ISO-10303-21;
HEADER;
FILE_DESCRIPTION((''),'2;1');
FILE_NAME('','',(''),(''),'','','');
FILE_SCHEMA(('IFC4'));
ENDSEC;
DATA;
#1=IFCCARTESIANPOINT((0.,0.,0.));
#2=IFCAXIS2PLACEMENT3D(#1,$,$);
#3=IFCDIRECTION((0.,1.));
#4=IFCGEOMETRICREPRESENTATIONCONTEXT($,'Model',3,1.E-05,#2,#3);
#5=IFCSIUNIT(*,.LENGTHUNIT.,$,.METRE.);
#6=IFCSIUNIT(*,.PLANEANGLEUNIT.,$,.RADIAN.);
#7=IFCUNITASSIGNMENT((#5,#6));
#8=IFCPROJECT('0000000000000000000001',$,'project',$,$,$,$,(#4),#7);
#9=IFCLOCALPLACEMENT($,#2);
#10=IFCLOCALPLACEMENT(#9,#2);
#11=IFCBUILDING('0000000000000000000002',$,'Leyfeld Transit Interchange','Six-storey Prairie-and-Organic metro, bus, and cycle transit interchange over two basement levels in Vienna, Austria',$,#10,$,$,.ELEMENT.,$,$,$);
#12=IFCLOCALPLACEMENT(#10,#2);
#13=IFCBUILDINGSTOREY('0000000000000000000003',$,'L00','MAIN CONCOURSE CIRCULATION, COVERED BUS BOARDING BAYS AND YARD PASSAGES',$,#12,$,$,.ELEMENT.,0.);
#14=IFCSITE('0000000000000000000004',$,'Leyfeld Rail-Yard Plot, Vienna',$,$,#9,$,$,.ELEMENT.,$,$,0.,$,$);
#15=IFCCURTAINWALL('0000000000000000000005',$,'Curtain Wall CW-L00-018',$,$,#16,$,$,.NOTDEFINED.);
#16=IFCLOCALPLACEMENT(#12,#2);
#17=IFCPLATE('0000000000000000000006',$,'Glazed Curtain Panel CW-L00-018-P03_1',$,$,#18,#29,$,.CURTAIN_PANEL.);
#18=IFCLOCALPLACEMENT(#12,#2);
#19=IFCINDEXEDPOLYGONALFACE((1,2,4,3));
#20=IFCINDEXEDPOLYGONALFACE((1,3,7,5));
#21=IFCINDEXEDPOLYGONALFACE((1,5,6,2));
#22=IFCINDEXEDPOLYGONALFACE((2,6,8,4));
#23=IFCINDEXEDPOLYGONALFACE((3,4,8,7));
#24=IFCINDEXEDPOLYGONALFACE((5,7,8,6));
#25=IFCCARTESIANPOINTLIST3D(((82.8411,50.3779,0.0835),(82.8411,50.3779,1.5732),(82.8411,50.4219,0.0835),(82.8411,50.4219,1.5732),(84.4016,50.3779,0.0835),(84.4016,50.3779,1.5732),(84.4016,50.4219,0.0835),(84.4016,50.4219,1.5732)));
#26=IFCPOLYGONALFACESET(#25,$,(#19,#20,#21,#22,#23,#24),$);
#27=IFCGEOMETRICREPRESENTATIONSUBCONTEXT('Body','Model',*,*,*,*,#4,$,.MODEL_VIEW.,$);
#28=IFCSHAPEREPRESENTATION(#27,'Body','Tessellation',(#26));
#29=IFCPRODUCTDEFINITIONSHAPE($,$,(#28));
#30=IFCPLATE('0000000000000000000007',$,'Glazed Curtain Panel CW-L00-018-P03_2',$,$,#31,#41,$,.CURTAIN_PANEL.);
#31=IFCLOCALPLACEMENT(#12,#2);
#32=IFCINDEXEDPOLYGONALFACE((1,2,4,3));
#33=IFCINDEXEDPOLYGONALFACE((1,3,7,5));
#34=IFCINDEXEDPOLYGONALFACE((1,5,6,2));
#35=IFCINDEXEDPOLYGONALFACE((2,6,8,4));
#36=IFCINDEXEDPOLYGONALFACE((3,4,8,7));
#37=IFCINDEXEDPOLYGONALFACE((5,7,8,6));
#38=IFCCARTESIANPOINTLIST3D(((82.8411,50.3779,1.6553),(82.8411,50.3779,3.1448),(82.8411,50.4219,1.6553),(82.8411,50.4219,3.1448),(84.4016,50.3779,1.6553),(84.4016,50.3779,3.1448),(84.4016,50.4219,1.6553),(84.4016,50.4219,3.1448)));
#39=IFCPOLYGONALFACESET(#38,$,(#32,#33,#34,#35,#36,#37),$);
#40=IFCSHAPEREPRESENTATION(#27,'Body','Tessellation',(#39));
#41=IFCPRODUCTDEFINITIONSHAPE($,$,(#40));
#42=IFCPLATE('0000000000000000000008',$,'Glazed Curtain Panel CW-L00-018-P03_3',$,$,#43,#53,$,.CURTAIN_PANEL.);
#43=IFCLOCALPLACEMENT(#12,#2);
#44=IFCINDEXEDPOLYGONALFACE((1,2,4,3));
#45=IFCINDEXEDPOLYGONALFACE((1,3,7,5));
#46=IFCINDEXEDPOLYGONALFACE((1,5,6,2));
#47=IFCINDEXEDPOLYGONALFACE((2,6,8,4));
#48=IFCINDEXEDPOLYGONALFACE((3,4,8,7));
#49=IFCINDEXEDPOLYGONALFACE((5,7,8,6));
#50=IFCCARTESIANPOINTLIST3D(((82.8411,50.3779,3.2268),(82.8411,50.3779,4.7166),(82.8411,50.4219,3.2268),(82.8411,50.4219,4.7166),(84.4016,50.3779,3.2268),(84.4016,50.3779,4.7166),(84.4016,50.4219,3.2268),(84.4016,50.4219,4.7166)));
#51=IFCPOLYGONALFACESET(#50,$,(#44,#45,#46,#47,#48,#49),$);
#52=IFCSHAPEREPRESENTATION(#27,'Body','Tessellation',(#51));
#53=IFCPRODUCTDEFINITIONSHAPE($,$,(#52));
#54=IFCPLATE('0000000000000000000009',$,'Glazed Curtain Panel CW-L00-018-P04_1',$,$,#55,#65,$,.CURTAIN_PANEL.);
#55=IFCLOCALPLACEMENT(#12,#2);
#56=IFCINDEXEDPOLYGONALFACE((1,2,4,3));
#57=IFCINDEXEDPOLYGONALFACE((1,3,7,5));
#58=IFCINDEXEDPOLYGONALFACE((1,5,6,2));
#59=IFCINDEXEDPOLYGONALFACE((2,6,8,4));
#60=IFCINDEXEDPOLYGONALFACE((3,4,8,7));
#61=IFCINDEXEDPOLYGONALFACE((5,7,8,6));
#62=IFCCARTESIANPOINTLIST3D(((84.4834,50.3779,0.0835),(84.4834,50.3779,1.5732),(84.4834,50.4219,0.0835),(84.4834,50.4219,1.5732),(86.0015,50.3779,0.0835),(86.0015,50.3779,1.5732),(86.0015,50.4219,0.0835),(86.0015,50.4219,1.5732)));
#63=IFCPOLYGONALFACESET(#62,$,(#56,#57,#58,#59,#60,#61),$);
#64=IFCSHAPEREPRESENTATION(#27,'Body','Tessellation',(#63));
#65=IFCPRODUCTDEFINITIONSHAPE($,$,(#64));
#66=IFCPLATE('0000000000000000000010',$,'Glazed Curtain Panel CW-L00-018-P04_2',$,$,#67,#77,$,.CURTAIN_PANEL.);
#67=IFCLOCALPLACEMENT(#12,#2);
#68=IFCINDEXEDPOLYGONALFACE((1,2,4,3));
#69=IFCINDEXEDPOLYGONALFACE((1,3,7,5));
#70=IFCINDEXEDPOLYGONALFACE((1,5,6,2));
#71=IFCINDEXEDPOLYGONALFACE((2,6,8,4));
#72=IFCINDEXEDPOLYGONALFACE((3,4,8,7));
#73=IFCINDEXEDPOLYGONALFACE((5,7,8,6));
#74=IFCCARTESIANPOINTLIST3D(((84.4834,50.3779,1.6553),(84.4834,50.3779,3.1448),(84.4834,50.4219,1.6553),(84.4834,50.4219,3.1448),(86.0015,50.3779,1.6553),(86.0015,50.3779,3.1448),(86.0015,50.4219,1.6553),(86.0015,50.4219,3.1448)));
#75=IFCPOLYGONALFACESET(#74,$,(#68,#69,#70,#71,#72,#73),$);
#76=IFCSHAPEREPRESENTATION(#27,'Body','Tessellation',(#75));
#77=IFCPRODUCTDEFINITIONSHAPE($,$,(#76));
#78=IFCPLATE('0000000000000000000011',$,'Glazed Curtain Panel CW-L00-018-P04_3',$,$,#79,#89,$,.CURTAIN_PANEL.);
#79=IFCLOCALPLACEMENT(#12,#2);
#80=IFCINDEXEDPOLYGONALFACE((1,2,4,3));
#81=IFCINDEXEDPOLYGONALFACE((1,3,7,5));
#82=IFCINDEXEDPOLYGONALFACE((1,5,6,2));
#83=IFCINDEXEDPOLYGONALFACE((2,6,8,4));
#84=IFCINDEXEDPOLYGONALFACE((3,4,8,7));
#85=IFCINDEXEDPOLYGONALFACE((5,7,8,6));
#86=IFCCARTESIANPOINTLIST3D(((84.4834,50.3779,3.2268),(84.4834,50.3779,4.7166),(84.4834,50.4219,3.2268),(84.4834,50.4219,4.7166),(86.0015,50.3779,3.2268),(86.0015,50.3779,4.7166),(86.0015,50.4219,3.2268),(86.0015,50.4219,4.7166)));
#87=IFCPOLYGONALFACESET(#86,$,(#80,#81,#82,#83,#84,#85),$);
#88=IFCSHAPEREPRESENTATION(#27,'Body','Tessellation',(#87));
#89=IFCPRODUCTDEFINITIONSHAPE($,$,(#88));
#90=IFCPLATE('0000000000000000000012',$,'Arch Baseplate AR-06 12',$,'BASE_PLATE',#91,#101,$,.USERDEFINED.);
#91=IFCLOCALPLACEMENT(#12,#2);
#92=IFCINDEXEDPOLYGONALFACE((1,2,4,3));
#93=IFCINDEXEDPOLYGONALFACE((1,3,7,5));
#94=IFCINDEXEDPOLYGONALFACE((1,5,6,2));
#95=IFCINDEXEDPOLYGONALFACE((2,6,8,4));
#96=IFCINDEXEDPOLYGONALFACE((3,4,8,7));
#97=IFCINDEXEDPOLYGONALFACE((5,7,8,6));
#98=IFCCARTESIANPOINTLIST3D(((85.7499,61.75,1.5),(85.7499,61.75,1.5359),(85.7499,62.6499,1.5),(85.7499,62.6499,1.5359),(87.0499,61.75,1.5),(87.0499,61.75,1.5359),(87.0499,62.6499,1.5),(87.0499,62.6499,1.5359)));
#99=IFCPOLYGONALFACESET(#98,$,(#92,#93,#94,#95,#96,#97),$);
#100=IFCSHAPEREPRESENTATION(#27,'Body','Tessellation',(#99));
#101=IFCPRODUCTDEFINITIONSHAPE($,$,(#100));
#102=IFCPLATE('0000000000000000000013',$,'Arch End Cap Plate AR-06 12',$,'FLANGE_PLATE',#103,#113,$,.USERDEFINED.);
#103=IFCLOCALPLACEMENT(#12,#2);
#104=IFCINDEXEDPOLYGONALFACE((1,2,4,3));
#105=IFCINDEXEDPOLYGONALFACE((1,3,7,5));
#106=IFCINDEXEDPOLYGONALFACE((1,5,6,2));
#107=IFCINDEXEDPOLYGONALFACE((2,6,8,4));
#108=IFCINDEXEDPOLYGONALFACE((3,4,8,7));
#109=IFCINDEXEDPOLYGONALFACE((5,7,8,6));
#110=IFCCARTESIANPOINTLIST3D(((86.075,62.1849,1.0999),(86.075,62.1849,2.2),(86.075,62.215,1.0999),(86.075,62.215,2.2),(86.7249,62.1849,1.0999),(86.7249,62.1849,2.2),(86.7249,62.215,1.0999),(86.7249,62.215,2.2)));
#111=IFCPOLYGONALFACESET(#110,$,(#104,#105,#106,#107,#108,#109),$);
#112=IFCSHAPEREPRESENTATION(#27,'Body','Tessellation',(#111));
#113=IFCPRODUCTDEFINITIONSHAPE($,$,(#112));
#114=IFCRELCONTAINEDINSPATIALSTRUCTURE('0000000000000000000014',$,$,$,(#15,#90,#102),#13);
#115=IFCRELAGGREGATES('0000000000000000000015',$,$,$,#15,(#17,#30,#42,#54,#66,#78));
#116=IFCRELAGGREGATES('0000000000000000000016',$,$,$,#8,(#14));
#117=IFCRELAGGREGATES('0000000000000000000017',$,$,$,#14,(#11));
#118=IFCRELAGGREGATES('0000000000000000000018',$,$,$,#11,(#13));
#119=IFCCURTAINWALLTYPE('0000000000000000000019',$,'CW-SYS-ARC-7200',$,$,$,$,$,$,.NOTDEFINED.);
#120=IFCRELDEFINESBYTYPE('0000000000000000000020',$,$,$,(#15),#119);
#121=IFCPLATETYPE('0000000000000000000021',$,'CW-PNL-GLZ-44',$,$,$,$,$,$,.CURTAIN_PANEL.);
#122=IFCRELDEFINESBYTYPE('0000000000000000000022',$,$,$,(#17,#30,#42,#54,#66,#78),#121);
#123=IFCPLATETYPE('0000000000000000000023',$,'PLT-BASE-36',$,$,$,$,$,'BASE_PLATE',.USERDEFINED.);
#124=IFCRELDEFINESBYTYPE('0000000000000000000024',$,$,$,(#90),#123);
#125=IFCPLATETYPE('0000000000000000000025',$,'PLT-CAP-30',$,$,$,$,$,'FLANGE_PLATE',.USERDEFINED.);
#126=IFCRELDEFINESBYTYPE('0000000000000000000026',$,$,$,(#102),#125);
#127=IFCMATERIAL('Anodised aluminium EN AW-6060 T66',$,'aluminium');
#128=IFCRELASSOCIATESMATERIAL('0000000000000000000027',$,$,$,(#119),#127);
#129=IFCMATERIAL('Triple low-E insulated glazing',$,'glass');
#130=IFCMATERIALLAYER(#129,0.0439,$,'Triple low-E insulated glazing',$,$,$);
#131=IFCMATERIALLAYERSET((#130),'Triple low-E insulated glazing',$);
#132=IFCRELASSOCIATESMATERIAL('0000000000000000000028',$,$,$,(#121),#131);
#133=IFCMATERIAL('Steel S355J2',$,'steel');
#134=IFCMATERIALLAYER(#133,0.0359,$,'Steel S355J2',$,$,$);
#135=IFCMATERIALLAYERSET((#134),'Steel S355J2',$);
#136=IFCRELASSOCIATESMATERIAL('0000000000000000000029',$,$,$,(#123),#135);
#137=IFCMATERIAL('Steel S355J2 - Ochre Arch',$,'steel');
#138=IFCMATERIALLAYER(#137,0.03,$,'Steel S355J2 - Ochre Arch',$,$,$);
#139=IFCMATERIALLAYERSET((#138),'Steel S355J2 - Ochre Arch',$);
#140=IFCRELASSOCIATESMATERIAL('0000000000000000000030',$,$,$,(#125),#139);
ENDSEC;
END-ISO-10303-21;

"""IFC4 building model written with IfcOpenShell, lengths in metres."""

from ifc_helpers import new_model, si_unit, direction, frame, origin, origin_2d, place, context, subcontext, project, spatial, rectangle, extrude, material, layer, layer_set, type_object, element, aggregate, save


model = new_model("IFC4")

# Units and contexts
model_context = context("Model", 3, precision=1e-05, world=origin(), true_north=direction((0.0, 1.0)))
body_context = subcontext(model_context, "Body", "Model", "MODEL_VIEW")
ifc_project = project(units=[si_unit("LENGTHUNIT", "METRE"), si_unit("PLANEANGLEUNIT", "RADIAN")], contexts=[model_context])

# Site, building, storey
site_placement = place(None, origin())
site = spatial("IfcSite", under=ifc_project, at=site_placement, Name="Leyfeld Rail-Yard Plot, Vienna", CompositionType="ELEMENT", RefElevation=0.0)
building_placement = place(site_placement, origin())
building = spatial("IfcBuilding", under=site, at=building_placement, Name="Leyfeld Transit Interchange", Description="Six-storey Prairie-and-Organic metro, bus, and cycle transit interchange over two basement levels in Vienna, Austria", CompositionType="ELEMENT")
storey_placement = place(building_placement, origin())
storey = spatial("IfcBuildingStorey", under=building, at=storey_placement, Name="L00", Description="MAIN CONCOURSE CIRCULATION, COVERED BUS BOARDING BAYS AND YARD PASSAGES", CompositionType="ELEMENT", Elevation=0.0)

# Shared definitions
ifc_material_1 = material(Name="Steel S355J2", Category="steel")

# Curtain wall, plates
ifc_material_2 = material(Name="Anodised aluminium EN AW-6060 T66", Category="aluminium")
curtain_wall_type = type_object("IfcCurtainWallType", Name="CW-SYS-ARC-7200", PredefinedType="NOTDEFINED", material=ifc_material_2)
curtain_wall_placement = place(storey_placement, origin())
curtain_wall = element("IfcCurtainWall", 1, at=curtain_wall_placement, inside=storey, type_object=curtain_wall_type, Name="Curtain Wall CW-L00-018", PredefinedType="NOTDEFINED")
ifc_material_3 = material(Name="Triple low-E insulated glazing", Category="glass")
ifc_layer_1 = layer(ifc_material_3, 0.0439, Name="Triple low-E insulated glazing")
ifc_layer_set_1 = layer_set([ifc_layer_1], Name="Triple low-E insulated glazing")
plate_type_1 = type_object("IfcPlateType", Name="CW-PNL-GLZ-44", PredefinedType="CURTAIN_PANEL", material=ifc_layer_set_1)
plate_1_placement = place(storey_placement, frame((83.6213, 50.3999, 0.0835), z_axis=(0.0, 0.0, 1.0), x_axis=(1.0, 0.0, 0.0)))
plate_1 = element("IfcPlate", 2, at=plate_1_placement, type_object=plate_type_1, Name="Glazed Curtain Panel CW-L00-018-P03_1", PredefinedType="CURTAIN_PANEL", context=body_context, shape_type="SweptSolid", body=[
    extrude(rectangle(XDim=1.5605, YDim=0.0439, at=origin_2d()), origin(), (0.0, 0.0, 1.0), 1.4897),
])
plate_2_placement = place(storey_placement, frame((83.6213, 50.3999, 1.6553), z_axis=(0.0, 0.0, 1.0), x_axis=(1.0, 0.0, 0.0)))
plate_2 = element("IfcPlate", 3, at=plate_2_placement, type_object=plate_type_1, Name="Glazed Curtain Panel CW-L00-018-P03_2", PredefinedType="CURTAIN_PANEL", context=body_context, shape_type="SweptSolid", body=[
    extrude(rectangle(XDim=1.5605, YDim=0.0439, at=origin_2d()), origin(), (0.0, 0.0, 1.0), 1.4895),
])
plate_3_placement = place(storey_placement, frame((83.6213, 50.3999, 3.2268), z_axis=(0.0, 0.0, 1.0), x_axis=(1.0, 0.0, 0.0)))
plate_3 = element("IfcPlate", 4, at=plate_3_placement, type_object=plate_type_1, Name="Glazed Curtain Panel CW-L00-018-P03_3", PredefinedType="CURTAIN_PANEL", context=body_context, shape_type="SweptSolid", body=[
    extrude(rectangle(XDim=1.5605, YDim=0.0439, at=origin_2d()), origin(), (0.0, 0.0, 1.0), 1.4897),
])
plate_4_placement = place(storey_placement, frame((85.2424, 50.3999, 0.0835), z_axis=(0.0, 0.0, 1.0), x_axis=(1.0, 0.0, 0.0)))
plate_4 = element("IfcPlate", 5, at=plate_4_placement, type_object=plate_type_1, Name="Glazed Curtain Panel CW-L00-018-P04_1", PredefinedType="CURTAIN_PANEL", context=body_context, shape_type="SweptSolid", body=[
    extrude(rectangle(XDim=1.5181, YDim=0.0439, at=origin_2d()), origin(), (0.0, 0.0, 1.0), 1.4897),
])
plate_5_placement = place(storey_placement, frame((85.2424, 50.3999, 1.6553), z_axis=(0.0, 0.0, 1.0), x_axis=(1.0, 0.0, 0.0)))
plate_5 = element("IfcPlate", 6, at=plate_5_placement, type_object=plate_type_1, Name="Glazed Curtain Panel CW-L00-018-P04_2", PredefinedType="CURTAIN_PANEL", context=body_context, shape_type="SweptSolid", body=[
    extrude(rectangle(XDim=1.5181, YDim=0.0439, at=origin_2d()), origin(), (0.0, 0.0, 1.0), 1.4895),
])
plate_6_placement = place(storey_placement, frame((85.2424, 50.3999, 3.2268), z_axis=(0.0, 0.0, 1.0), x_axis=(1.0, 0.0, 0.0)))
plate_6 = element("IfcPlate", 7, at=plate_6_placement, type_object=plate_type_1, Name="Glazed Curtain Panel CW-L00-018-P04_3", PredefinedType="CURTAIN_PANEL", context=body_context, shape_type="SweptSolid", body=[
    extrude(rectangle(XDim=1.5181, YDim=0.0439, at=origin_2d()), origin(), (0.0, 0.0, 1.0), 1.4897),
])
aggregate(curtain_wall, [plate_1, plate_2, plate_3, plate_4, plate_5, plate_6])

# Plates
ifc_layer_2 = layer(ifc_material_1, 0.0359, Name="Steel S355J2")
ifc_layer_set_2 = layer_set([ifc_layer_2], Name="Steel S355J2")
plate_type_2 = type_object("IfcPlateType", Name="PLT-BASE-36", ElementType="BASE_PLATE", PredefinedType="USERDEFINED", material=ifc_layer_set_2)
plate_7_placement = place(storey_placement, frame((86.3999, 62.2, 1.5), z_axis=(0.0, 0.0, 1.0), x_axis=(1.0, 0.0, 0.0)))
element("IfcPlate", 8, at=plate_7_placement, inside=storey, type_object=plate_type_2, Name="Arch Baseplate AR-06 12", ObjectType="BASE_PLATE", PredefinedType="USERDEFINED", context=body_context, shape_type="SweptSolid", body=[
    extrude(rectangle(XDim=1.3, YDim=0.8999, at=origin_2d()), origin(), (0.0, 0.0, 1.0), 0.0359),
])
ifc_material_4 = material(Name="Steel S355J2 - Ochre Arch", Category="steel")
ifc_layer_3 = layer(ifc_material_4, 0.03, Name="Steel S355J2 - Ochre Arch")
ifc_layer_set_3 = layer_set([ifc_layer_3], Name="Steel S355J2 - Ochre Arch")
plate_type_3 = type_object("IfcPlateType", Name="PLT-CAP-30", ElementType="FLANGE_PLATE", PredefinedType="USERDEFINED", material=ifc_layer_set_3)
plate_8_placement = place(storey_placement, frame((86.3999, 62.2, 1.0999), z_axis=(0.0, 0.0, 1.0), x_axis=(1.0, 0.0, 0.0)))
element("IfcPlate", 9, at=plate_8_placement, inside=storey, type_object=plate_type_3, Name="Arch End Cap Plate AR-06 12", ObjectType="FLANGE_PLATE", PredefinedType="USERDEFINED", context=body_context, shape_type="SweptSolid", body=[
    extrude(rectangle(XDim=0.6499, YDim=0.03, at=origin_2d()), origin(), (0.0, 0.0, 1.0), 1.1001),
])

save(model, "model.ifc")
